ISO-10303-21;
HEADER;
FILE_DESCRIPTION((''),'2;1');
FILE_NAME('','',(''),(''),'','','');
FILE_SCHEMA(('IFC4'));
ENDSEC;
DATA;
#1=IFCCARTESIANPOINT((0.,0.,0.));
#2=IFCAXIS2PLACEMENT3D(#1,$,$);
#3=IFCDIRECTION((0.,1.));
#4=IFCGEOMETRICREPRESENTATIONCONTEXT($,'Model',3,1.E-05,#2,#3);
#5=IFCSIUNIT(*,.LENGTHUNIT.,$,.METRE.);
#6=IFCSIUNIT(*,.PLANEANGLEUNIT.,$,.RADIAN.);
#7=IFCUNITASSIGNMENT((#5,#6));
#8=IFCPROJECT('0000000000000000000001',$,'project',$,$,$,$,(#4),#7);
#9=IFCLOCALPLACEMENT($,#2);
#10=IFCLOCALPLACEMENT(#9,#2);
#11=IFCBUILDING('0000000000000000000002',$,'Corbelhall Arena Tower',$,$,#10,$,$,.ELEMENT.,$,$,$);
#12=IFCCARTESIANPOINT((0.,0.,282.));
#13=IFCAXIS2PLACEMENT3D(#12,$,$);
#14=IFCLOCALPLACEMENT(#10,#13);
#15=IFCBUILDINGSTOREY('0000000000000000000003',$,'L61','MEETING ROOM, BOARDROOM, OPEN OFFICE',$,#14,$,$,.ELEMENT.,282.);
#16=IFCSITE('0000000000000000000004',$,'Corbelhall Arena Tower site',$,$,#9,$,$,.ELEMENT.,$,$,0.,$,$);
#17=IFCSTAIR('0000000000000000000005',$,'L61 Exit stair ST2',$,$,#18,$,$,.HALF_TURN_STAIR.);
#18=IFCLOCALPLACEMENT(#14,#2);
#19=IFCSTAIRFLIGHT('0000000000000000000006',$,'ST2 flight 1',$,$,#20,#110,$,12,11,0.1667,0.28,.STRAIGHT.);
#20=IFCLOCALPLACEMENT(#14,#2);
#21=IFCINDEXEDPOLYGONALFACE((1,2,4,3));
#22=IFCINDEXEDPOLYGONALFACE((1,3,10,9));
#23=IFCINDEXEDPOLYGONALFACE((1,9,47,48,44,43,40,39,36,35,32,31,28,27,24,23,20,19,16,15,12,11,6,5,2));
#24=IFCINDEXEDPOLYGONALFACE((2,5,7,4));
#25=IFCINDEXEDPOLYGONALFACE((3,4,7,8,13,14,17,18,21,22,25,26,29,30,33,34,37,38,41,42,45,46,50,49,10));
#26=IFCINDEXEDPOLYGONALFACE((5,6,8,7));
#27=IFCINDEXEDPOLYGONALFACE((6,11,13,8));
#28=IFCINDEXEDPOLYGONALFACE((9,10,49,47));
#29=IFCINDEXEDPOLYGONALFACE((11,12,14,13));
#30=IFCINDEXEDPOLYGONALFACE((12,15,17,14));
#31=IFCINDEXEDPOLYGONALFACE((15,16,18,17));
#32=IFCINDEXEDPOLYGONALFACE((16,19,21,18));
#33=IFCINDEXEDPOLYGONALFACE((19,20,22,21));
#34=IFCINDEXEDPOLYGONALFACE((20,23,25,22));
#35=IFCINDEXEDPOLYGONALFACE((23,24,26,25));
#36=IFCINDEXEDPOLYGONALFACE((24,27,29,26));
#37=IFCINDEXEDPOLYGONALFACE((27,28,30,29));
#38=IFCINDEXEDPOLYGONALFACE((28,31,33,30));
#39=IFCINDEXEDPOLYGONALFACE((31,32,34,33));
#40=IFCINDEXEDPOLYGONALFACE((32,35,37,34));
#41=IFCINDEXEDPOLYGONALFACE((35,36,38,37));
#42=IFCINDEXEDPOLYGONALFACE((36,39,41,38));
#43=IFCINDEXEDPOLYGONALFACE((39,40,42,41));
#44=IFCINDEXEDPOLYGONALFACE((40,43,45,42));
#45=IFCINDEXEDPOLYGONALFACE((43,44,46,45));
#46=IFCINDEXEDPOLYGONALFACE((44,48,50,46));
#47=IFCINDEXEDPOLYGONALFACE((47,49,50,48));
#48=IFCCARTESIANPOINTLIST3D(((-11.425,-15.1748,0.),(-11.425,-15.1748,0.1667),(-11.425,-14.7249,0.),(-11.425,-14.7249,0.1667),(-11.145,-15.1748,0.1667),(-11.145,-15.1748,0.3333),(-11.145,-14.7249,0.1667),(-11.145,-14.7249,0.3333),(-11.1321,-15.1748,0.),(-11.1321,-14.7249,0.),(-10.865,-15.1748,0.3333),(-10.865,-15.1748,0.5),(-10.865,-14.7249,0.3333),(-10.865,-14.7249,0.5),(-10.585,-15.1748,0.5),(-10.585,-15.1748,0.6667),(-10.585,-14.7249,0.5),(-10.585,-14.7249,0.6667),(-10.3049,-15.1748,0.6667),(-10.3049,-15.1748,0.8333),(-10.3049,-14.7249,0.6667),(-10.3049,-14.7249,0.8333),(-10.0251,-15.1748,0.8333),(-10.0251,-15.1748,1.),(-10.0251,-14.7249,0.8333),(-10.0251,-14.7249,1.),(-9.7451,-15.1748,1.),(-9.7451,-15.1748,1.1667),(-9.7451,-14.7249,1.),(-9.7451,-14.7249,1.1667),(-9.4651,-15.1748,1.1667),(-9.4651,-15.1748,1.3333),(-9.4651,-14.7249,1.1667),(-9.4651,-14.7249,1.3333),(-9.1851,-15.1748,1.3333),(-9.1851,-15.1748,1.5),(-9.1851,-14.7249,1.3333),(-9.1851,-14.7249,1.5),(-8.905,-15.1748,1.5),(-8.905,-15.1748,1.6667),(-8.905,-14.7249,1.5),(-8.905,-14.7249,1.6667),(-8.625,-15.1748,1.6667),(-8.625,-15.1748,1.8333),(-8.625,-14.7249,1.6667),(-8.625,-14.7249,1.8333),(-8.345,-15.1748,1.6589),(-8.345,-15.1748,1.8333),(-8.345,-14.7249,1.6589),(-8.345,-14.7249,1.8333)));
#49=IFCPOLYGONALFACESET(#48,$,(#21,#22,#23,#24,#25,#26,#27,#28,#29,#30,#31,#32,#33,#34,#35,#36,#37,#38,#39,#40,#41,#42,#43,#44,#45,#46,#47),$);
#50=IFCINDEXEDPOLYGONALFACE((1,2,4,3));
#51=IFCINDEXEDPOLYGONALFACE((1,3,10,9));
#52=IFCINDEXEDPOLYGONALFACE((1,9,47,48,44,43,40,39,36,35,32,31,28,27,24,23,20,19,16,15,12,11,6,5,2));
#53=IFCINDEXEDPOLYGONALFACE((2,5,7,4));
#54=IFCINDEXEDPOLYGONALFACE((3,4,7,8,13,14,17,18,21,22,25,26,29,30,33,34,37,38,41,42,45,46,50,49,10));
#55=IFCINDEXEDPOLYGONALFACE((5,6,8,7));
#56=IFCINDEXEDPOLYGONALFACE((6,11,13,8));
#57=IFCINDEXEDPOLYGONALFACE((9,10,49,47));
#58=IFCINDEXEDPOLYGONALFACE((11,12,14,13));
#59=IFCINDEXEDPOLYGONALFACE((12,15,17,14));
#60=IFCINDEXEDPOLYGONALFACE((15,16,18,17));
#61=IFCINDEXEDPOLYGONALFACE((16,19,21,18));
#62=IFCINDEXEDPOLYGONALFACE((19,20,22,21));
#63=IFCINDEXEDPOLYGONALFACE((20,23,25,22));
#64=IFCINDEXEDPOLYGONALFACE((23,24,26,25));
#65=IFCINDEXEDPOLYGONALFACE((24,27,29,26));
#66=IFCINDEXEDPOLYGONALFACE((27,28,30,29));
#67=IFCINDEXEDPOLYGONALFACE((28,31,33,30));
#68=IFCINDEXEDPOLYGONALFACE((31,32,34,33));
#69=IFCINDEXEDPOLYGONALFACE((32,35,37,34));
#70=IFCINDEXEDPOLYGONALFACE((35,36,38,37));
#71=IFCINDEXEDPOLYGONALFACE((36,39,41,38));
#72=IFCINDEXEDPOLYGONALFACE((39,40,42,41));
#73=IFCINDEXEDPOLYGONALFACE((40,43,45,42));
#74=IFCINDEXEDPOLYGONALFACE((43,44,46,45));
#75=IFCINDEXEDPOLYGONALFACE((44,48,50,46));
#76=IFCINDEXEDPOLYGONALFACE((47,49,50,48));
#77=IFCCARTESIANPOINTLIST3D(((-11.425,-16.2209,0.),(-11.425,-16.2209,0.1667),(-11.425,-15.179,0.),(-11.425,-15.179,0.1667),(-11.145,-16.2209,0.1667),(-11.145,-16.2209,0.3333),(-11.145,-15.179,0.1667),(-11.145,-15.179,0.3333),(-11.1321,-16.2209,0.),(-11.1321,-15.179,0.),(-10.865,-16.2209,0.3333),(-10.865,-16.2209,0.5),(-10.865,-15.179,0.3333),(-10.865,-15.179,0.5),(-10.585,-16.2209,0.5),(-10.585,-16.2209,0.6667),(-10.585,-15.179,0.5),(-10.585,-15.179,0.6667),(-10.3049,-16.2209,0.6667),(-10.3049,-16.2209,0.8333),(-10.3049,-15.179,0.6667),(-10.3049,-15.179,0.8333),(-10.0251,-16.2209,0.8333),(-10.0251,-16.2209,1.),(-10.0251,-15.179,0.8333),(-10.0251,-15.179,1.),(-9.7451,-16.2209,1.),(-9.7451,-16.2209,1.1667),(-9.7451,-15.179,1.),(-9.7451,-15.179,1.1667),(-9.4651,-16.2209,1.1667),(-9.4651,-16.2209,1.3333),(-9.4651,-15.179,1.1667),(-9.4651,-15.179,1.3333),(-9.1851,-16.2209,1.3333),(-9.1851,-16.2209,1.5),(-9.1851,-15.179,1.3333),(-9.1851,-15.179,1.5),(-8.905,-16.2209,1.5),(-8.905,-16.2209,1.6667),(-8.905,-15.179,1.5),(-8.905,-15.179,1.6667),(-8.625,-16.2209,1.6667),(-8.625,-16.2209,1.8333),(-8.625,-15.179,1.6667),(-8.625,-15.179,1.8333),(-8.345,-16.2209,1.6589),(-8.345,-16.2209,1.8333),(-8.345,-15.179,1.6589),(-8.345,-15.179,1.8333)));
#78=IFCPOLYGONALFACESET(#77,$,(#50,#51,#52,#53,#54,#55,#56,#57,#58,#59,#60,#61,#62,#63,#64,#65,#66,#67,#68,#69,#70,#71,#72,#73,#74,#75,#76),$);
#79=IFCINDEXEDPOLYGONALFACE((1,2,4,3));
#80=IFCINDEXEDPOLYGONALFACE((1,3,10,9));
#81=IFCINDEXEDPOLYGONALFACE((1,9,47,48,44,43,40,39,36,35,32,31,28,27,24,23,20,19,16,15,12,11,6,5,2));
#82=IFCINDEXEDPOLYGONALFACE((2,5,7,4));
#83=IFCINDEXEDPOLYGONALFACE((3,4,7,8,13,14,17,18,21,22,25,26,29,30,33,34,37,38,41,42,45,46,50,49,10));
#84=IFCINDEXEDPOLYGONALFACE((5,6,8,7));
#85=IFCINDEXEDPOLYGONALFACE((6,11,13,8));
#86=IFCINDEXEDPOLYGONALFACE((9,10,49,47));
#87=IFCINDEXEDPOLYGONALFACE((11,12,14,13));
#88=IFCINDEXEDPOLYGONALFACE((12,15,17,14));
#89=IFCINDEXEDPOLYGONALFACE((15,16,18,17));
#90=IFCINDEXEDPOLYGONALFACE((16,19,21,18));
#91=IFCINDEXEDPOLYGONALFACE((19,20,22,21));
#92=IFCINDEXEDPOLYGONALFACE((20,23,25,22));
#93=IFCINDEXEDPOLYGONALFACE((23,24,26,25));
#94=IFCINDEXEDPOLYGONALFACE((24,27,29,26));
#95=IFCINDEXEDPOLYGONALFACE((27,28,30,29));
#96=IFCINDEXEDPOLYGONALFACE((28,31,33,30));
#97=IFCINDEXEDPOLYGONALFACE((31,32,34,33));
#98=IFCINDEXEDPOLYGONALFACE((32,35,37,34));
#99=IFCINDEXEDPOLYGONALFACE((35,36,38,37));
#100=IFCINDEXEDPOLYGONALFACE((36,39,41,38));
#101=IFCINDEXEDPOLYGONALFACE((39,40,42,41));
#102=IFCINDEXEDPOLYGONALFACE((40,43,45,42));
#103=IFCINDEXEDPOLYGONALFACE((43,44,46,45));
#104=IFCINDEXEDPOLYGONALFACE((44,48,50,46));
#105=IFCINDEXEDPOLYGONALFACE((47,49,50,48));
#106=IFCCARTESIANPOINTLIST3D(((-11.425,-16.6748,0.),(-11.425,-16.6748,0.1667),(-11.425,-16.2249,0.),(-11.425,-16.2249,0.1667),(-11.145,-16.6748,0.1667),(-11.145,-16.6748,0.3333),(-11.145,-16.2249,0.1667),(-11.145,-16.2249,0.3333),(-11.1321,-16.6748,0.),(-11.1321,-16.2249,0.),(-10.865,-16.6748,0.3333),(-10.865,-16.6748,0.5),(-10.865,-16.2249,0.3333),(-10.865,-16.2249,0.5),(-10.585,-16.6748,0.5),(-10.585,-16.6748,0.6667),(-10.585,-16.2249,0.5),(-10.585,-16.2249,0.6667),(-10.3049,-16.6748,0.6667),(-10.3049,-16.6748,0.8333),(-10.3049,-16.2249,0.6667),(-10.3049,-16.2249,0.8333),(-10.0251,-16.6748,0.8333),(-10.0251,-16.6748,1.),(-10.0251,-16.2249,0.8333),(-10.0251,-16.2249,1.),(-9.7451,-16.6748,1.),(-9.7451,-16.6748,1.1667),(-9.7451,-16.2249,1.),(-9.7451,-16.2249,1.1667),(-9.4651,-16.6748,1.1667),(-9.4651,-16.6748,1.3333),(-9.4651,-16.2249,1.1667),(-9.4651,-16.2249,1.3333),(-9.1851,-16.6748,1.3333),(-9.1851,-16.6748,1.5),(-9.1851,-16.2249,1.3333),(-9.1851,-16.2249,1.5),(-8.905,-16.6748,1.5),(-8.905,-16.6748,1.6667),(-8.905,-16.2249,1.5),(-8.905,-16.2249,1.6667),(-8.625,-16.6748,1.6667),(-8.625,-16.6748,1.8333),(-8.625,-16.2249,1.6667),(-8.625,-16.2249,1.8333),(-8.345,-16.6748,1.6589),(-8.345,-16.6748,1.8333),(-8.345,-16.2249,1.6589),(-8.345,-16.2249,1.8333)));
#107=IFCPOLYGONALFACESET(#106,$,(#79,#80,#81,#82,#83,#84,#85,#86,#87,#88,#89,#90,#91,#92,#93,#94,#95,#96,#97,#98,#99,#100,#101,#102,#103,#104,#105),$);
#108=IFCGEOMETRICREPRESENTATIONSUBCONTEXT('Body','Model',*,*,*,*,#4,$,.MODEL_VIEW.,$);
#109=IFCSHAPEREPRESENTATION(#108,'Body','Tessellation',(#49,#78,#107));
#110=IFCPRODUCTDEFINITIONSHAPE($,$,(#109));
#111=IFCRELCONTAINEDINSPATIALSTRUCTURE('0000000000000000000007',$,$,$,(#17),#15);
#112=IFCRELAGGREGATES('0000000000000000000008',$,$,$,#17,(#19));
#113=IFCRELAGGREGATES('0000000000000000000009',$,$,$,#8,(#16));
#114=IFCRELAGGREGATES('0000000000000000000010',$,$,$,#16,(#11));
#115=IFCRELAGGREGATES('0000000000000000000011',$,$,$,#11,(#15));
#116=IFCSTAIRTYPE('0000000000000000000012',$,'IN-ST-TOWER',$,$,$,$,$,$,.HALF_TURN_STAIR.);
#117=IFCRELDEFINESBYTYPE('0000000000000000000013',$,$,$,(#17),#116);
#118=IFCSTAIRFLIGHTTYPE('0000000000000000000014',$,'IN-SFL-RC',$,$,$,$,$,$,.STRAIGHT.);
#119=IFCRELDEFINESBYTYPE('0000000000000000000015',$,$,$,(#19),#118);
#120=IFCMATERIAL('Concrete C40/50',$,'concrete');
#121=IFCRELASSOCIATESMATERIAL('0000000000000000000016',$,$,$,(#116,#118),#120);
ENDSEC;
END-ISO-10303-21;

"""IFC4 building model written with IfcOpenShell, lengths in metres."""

from ifc_helpers import new_model, si_unit, direction, frame, origin, place, context, subcontext, project, spatial, polyline, outline, extrude, material, type_object, element, aggregate, save


model = new_model("IFC4")

# Units and contexts
model_context = context("Model", 3, precision=1e-05, world=origin(), true_north=direction((0.0, 1.0)))
body_context = subcontext(model_context, "Body", "Model", "MODEL_VIEW")
ifc_project = project(units=[si_unit("LENGTHUNIT", "METRE"), si_unit("PLANEANGLEUNIT", "RADIAN")], contexts=[model_context])

# Site, building, storey
site_placement = place(None, origin())
site = spatial("IfcSite", under=ifc_project, at=site_placement, Name="Corbelhall Arena Tower site", CompositionType="ELEMENT", RefElevation=0.0)
building_placement = place(site_placement, origin())
building = spatial("IfcBuilding", under=site, at=building_placement, Name="Corbelhall Arena Tower", CompositionType="ELEMENT")
storey_placement = place(building_placement, frame((0.0, 0.0, 282.0)))
storey = spatial("IfcBuildingStorey", under=building, at=storey_placement, Name="L61", Description="MEETING ROOM, BOARDROOM, OPEN OFFICE", CompositionType="ELEMENT", Elevation=282.0)

# Shared definitions
ifc_material_1 = material(Name="Concrete C40/50", Category="concrete")

# Stair, stair flight
stair_type = type_object("IfcStairType", Name="IN-ST-TOWER", PredefinedType="HALF_TURN_STAIR", material=ifc_material_1)
stair_placement = place(storey_placement, origin())
stair = element("IfcStair", 1, at=stair_placement, inside=storey, type_object=stair_type, Name="L61 Exit stair ST2", PredefinedType="HALF_TURN_STAIR")
stair_flight_type = type_object("IfcStairFlightType", Name="IN-SFL-RC", PredefinedType="STRAIGHT", material=ifc_material_1)
stair_flight_1_placement = place(storey_placement, frame((-11.425, -15.7, 0.0), z_axis=(0.0, 0.0, 1.0), x_axis=(1.0, 0.0, 0.0)))
stair_flight_1 = element("IfcStairFlight", 2, at=stair_flight_1_placement, type_object=stair_flight_type, Name="ST2 flight 1", NumberOfRisers=12, NumberOfTreads=11, PredefinedType="STRAIGHT", RiserHeight=0.1667, TreadLength=0.28, context=body_context, shape_type="SweptSolid", body=[
    extrude(outline(polyline([(0.0, 0.0), (0.0, 0.1667), (0.28, 0.1667), (0.28, 0.3333), (0.5601, 0.3333), (0.5601, 0.5), (0.8401, 0.5), (0.8401, 0.6667), (1.1201, 0.6667), (1.1201, 0.8333), (1.3999, 0.8333), (1.3999, 1.0), (1.6799, 1.0), (1.6799, 1.1667), (1.96, 1.1667), (1.96, 1.3333), (2.24, 1.3333), (2.24, 1.5), (2.52, 1.5), (2.52, 1.6667), (2.8, 1.6667), (2.8, 1.8333), (3.0801, 1.8333), (3.0801, 2.0), (3.0801, 1.6589), (0.293, 0.0), (0.0, 0.0)])), frame((0.0, 0.9751, 0.0), z_axis=(0.0, -1.0, 0.0), x_axis=(1.0, 0.0, 0.0)), (0.0, 0.0, 1.0), 0.45),
    extrude(outline(polyline([(0.0, 0.0), (0.0, 0.1667), (0.28, 0.1667), (0.28, 0.3333), (0.5601, 0.3333), (0.5601, 0.5), (0.8401, 0.5), (0.8401, 0.6667), (1.1201, 0.6667), (1.1201, 0.8333), (1.3999, 0.8333), (1.3999, 1.0), (1.6799, 1.0), (1.6799, 1.1667), (1.96, 1.1667), (1.96, 1.3333), (2.24, 1.3333), (2.24, 1.5), (2.52, 1.5), (2.52, 1.6667), (2.8, 1.6667), (2.8, 1.8333), (3.0801, 1.8333), (3.0801, 2.0), (3.0801, 1.6589), (0.293, 0.0), (0.0, 0.0)])), frame((0.0, 0.521, 0.0), z_axis=(0.0, -1.0, 0.0), x_axis=(1.0, 0.0, 0.0)), (0.0, 0.0, 1.0), 1.042),
    extrude(outline(polyline([(0.0, 0.0), (0.0, 0.1667), (0.28, 0.1667), (0.28, 0.3333), (0.5601, 0.3333), (0.5601, 0.5), (0.8401, 0.5), (0.8401, 0.6667), (1.1201, 0.6667), (1.1201, 0.8333), (1.3999, 0.8333), (1.3999, 1.0), (1.6799, 1.0), (1.6799, 1.1667), (1.96, 1.1667), (1.96, 1.3333), (2.24, 1.3333), (2.24, 1.5), (2.52, 1.5), (2.52, 1.6667), (2.8, 1.6667), (2.8, 1.8333), (3.0801, 1.8333), (3.0801, 2.0), (3.0801, 1.6589), (0.293, 0.0), (0.0, 0.0)])), frame((0.0, -0.5249, 0.0), z_axis=(0.0, -1.0, 0.0), x_axis=(1.0, 0.0, 0.0)), (0.0, 0.0, 1.0), 0.45),
])
aggregate(stair, [stair_flight_1])

save(model, "model.ifc")
